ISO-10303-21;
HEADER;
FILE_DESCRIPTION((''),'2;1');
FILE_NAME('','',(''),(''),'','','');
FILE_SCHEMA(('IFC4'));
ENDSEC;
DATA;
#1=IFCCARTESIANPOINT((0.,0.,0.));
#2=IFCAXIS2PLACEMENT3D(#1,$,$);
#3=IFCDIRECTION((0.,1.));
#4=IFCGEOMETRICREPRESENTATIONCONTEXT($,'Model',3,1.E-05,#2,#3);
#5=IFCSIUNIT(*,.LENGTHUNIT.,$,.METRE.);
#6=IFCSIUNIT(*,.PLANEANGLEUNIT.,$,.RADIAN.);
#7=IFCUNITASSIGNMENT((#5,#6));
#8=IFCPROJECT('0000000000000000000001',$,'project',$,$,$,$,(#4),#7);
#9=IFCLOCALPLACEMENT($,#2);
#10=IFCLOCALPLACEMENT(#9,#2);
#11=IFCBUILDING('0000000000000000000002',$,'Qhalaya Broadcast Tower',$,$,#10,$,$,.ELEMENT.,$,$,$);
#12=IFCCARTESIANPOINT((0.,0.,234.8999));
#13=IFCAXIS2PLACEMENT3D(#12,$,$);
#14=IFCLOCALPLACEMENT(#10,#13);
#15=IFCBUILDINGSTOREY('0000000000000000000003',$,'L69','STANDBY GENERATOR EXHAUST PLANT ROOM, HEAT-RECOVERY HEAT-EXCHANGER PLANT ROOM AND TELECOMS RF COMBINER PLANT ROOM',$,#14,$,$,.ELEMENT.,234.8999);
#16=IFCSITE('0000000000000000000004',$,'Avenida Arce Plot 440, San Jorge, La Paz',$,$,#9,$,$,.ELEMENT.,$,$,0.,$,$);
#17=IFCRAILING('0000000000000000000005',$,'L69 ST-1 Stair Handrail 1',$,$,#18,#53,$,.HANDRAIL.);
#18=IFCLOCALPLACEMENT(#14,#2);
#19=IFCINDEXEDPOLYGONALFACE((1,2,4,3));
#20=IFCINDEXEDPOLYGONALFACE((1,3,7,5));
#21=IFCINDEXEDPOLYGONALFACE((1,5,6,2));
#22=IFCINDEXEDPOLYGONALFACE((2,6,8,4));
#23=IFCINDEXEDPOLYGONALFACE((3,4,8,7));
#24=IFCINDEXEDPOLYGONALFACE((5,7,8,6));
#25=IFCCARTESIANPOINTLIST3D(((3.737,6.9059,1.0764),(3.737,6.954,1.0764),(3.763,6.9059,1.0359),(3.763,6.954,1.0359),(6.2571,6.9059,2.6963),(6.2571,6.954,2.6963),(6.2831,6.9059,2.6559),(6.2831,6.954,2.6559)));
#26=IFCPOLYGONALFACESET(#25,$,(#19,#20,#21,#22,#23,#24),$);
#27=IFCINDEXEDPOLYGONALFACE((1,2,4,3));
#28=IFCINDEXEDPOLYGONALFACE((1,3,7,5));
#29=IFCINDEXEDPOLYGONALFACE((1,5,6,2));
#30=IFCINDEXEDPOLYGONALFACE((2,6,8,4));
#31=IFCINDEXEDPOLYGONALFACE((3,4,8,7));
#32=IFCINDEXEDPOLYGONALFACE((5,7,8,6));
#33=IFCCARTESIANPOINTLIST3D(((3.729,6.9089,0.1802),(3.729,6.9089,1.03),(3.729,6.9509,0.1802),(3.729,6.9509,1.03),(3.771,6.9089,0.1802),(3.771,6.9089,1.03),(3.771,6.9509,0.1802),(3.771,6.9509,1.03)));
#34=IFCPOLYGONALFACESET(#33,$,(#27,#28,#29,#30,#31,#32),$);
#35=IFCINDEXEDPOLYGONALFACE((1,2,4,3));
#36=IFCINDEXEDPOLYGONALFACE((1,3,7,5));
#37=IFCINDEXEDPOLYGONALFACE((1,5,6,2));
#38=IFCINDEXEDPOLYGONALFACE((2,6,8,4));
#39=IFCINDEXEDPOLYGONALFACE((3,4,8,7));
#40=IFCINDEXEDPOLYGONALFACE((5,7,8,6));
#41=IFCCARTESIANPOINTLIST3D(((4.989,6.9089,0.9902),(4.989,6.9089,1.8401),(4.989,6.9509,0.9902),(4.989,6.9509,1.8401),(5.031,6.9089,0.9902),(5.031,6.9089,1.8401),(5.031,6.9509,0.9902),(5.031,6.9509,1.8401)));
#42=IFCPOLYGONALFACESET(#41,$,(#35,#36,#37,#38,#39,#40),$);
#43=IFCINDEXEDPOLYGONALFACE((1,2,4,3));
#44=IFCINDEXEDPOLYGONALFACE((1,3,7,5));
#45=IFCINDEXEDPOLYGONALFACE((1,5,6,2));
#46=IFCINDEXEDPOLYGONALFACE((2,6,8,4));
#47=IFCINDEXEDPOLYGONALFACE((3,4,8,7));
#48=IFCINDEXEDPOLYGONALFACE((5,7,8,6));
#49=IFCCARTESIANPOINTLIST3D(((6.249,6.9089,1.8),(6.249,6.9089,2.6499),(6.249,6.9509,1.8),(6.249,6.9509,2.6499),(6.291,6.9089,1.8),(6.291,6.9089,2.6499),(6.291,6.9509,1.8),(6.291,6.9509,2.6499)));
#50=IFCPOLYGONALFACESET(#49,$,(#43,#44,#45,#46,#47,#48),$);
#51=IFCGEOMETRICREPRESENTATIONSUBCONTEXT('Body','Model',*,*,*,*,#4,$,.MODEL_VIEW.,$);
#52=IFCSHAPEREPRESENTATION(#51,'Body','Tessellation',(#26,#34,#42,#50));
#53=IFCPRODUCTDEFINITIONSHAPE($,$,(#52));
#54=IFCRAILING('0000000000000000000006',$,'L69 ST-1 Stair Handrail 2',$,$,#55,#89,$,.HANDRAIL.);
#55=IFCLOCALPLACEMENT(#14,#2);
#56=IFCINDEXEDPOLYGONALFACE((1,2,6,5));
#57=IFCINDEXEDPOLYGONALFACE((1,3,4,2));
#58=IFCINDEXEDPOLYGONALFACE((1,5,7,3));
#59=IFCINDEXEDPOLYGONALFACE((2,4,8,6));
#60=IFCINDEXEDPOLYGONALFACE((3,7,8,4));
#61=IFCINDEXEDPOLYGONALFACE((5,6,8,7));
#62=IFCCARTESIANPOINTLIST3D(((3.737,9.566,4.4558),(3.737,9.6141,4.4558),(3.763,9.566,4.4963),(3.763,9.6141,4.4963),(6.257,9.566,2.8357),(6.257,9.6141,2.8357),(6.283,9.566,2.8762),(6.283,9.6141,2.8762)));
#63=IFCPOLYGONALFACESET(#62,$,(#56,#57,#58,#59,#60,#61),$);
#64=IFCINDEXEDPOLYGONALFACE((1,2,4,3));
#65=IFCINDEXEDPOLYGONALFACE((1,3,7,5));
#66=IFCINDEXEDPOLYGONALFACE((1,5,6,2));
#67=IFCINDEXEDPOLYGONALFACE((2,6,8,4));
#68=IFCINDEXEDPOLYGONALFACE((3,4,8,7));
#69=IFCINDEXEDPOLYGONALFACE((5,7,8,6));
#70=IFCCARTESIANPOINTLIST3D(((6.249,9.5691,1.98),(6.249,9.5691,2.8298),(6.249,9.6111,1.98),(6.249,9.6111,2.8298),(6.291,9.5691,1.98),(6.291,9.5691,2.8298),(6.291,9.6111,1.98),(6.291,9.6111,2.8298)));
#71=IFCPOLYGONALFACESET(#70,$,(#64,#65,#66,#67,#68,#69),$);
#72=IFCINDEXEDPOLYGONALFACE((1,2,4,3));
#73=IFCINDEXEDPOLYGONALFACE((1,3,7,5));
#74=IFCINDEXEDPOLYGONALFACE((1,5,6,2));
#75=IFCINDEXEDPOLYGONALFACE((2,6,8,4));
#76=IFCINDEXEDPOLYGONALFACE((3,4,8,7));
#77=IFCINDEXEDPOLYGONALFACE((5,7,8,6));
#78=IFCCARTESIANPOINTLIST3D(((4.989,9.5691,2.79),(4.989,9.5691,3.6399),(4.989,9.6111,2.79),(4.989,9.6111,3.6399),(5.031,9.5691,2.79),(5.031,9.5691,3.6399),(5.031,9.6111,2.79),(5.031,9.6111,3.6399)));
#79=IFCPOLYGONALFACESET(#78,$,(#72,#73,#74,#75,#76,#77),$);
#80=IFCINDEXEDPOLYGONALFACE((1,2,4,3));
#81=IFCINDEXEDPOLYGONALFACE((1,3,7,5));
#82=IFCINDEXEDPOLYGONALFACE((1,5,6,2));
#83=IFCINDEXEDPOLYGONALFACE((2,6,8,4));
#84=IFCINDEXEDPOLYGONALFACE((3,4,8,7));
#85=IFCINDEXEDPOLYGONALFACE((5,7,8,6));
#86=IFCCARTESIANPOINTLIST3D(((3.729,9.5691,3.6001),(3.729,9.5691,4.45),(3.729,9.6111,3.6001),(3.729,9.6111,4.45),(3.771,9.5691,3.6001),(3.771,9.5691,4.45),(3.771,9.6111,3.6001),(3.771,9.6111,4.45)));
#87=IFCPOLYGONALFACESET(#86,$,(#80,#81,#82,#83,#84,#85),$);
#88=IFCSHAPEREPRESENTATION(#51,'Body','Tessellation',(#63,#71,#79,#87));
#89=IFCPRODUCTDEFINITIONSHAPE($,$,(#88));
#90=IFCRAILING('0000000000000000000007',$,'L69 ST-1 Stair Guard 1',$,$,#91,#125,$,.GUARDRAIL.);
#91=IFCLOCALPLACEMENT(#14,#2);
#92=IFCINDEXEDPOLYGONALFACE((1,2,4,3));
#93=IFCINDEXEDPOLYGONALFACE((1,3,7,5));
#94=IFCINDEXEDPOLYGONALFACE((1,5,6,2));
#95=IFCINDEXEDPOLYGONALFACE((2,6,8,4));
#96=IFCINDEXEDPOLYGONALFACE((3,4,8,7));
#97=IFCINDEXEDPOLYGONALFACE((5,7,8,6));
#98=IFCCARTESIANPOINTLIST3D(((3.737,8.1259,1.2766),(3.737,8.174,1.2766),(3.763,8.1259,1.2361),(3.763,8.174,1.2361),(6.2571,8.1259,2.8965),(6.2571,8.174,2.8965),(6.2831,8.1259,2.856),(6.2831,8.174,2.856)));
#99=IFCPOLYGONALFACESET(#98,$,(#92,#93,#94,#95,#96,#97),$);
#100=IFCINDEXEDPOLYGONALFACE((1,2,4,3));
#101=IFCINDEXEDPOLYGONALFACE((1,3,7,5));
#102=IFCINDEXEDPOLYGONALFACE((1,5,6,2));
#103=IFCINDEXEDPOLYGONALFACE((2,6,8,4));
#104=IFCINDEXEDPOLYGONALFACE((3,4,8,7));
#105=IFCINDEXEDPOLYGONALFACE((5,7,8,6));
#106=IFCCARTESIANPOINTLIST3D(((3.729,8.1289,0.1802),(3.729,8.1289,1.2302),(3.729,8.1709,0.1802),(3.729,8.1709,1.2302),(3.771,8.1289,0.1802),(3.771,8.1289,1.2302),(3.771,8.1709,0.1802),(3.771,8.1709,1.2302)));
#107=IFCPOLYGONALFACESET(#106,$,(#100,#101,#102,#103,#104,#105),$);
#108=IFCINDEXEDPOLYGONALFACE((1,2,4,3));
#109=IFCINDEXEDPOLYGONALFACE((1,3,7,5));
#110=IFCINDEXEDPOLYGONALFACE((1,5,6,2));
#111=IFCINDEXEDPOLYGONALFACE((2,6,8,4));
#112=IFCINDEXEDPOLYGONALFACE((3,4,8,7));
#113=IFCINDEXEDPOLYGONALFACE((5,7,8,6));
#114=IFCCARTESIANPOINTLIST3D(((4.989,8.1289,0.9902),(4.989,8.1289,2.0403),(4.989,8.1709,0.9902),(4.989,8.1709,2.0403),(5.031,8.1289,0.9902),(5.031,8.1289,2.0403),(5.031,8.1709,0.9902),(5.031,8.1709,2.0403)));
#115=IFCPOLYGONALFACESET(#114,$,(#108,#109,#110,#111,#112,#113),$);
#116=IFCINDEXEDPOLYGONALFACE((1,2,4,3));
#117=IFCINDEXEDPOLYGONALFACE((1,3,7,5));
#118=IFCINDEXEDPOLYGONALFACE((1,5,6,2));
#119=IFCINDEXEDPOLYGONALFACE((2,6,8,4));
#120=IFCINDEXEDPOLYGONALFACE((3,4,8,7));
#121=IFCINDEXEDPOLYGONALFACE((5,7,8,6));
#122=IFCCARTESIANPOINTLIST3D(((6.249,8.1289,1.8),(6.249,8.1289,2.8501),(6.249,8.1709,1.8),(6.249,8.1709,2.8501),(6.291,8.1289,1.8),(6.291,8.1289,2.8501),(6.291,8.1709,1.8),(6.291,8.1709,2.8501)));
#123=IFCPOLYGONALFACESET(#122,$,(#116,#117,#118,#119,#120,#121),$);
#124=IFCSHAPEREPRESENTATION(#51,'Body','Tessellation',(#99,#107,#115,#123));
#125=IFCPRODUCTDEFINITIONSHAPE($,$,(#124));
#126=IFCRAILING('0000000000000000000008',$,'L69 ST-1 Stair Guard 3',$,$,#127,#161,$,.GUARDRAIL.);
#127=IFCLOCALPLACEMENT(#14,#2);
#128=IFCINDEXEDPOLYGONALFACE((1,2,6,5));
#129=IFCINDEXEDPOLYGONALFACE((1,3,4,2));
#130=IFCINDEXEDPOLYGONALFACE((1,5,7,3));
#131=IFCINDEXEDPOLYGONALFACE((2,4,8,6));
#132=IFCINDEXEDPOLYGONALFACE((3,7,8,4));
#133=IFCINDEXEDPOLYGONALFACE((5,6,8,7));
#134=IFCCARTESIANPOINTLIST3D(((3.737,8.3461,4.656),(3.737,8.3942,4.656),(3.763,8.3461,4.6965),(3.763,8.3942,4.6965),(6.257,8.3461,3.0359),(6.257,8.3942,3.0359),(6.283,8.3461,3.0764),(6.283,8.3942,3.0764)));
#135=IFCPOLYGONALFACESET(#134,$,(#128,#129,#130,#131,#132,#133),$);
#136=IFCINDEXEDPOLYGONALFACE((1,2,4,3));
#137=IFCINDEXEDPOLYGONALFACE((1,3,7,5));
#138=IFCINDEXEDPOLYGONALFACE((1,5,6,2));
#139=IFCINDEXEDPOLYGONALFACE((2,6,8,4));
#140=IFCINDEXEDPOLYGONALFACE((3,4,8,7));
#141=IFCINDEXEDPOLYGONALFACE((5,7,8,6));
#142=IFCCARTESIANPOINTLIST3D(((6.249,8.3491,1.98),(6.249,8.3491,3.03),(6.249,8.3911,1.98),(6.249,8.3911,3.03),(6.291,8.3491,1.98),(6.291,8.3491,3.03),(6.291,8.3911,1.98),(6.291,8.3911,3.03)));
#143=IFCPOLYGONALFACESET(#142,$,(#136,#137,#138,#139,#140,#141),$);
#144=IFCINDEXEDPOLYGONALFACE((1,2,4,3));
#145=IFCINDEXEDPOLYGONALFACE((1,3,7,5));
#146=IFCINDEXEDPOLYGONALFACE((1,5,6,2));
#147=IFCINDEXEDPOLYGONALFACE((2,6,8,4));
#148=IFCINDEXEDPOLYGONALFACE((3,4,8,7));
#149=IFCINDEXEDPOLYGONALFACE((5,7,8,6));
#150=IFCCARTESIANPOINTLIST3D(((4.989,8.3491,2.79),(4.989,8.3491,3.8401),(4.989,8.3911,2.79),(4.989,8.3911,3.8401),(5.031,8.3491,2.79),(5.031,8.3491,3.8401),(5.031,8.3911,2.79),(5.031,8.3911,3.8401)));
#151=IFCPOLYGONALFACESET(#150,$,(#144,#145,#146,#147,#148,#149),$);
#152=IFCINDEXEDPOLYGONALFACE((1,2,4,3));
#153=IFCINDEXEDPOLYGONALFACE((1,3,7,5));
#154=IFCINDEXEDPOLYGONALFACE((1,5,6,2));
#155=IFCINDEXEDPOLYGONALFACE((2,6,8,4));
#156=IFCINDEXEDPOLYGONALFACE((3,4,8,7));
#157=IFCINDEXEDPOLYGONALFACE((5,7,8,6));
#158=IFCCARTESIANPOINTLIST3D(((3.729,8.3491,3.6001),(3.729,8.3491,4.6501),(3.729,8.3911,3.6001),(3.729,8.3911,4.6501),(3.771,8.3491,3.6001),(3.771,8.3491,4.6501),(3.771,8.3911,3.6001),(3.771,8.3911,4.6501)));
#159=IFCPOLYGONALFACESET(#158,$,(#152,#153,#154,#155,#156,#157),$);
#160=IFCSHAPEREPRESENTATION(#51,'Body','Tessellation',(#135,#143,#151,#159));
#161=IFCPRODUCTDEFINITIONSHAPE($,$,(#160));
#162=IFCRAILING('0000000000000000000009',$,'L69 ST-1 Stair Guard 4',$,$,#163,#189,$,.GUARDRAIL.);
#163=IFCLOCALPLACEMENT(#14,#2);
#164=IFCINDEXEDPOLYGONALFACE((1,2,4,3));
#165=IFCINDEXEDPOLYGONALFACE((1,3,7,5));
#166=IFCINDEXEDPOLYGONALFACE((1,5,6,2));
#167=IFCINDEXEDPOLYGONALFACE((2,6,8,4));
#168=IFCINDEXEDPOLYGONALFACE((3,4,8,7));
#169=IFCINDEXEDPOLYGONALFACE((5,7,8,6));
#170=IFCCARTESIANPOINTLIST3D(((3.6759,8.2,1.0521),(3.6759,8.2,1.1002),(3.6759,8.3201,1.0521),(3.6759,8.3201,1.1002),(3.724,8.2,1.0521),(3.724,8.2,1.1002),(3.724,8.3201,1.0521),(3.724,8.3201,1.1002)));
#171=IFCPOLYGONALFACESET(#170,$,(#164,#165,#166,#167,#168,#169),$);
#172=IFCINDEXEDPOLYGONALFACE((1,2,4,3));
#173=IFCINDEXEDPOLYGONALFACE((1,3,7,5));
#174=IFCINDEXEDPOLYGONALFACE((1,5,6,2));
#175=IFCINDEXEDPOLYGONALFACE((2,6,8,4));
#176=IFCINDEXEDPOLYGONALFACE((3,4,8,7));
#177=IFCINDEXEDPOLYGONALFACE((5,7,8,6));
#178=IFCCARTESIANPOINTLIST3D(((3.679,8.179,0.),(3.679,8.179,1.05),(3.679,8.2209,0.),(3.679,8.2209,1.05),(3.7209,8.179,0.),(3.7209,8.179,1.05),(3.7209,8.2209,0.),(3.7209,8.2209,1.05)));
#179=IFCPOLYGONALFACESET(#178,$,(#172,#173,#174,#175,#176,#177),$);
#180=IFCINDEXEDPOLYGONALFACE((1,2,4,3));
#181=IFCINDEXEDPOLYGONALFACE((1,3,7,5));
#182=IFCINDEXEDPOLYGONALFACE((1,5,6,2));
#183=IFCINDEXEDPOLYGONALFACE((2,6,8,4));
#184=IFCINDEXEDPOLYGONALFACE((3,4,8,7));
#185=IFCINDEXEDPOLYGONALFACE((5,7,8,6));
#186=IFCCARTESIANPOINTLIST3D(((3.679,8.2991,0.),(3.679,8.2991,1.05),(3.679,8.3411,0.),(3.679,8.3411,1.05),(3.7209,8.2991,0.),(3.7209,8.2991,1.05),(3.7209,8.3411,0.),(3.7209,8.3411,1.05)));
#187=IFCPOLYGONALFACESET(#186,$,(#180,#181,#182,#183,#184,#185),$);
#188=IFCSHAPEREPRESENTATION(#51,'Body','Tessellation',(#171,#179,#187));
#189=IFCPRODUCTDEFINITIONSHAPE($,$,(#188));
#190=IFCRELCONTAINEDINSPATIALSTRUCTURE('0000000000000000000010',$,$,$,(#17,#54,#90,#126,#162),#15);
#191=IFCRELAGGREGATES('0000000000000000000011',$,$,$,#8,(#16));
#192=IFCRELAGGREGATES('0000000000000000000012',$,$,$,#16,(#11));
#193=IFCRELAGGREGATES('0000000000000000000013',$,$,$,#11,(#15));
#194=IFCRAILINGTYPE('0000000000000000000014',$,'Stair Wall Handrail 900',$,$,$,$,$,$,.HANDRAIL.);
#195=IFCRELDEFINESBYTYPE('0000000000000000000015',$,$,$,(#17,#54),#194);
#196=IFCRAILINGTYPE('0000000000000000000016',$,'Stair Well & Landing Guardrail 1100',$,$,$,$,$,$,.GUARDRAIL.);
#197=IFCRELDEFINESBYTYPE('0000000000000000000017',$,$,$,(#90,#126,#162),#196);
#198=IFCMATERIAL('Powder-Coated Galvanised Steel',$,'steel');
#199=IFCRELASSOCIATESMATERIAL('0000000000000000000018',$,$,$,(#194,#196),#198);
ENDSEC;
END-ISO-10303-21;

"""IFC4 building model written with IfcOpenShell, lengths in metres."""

from ifc_helpers import new_model, si_unit, direction, frame, origin, origin_2d, place, context, subcontext, project, spatial, rectangle, extrude, material, type_object, element, save


model = new_model("IFC4")

# Units and contexts
model_context = context("Model", 3, precision=1e-05, world=origin(), true_north=direction((0.0, 1.0)))
body_context = subcontext(model_context, "Body", "Model", "MODEL_VIEW")
ifc_project = project(units=[si_unit("LENGTHUNIT", "METRE"), si_unit("PLANEANGLEUNIT", "RADIAN")], contexts=[model_context])

# Site, building, storey
site_placement = place(None, origin())
site = spatial("IfcSite", under=ifc_project, at=site_placement, Name="Avenida Arce Plot 440, San Jorge, La Paz", CompositionType="ELEMENT", RefElevation=0.0)
building_placement = place(site_placement, origin())
building = spatial("IfcBuilding", under=site, at=building_placement, Name="Qhalaya Broadcast Tower", CompositionType="ELEMENT")
storey_placement = place(building_placement, frame((0.0, 0.0, 234.8999)))
storey = spatial("IfcBuildingStorey", under=building, at=storey_placement, Name="L69", Description="STANDBY GENERATOR EXHAUST PLANT ROOM, HEAT-RECOVERY HEAT-EXCHANGER PLANT ROOM AND TELECOMS RF COMBINER PLANT ROOM", CompositionType="ELEMENT", Elevation=234.8999)

# Railings
ifc_material_1 = material(Name="Powder-Coated Galvanised Steel", Category="steel")
railing_type_1 = type_object("IfcRailingType", Name="Stair Wall Handrail 900", PredefinedType="HANDRAIL", material=ifc_material_1)
railing_1_placement = place(storey_placement, frame((3.75, 6.9299, 0.1802)))
element("IfcRailing", 1, at=railing_1_placement, inside=storey, type_object=railing_type_1, Name="L69 ST-1 Stair Handrail 1", PredefinedType="HANDRAIL", context=body_context, shape_type="SweptSolid", body=[
    extrude(rectangle(XDim=0.0481, YDim=0.0481, at=origin_2d()), frame((0.0, 0.0, 0.876), z_axis=(0.8412, 0.0, 0.540725), x_axis=(0.0, 1.0, 0.0)), (0.0, 0.0, 1.0), 2.9958),
    extrude(rectangle(XDim=0.042, YDim=0.042, at=origin_2d()), origin(), (0.0, 0.0, 1.0), 0.8499),
    extrude(rectangle(XDim=0.042, YDim=0.042, at=origin_2d()), frame((1.26, 0.0, 0.8101)), (0.0, 0.0, 1.0), 0.8499),
    extrude(rectangle(XDim=0.042, YDim=0.042, at=origin_2d()), frame((2.52, 0.0, 1.6199)), (0.0, 0.0, 1.0), 0.8499),
])
railing_2_placement = place(storey_placement, frame((6.27, 9.5901, 1.98)))
element("IfcRailing", 2, at=railing_2_placement, inside=storey, type_object=railing_type_1, Name="L69 ST-1 Stair Handrail 2", PredefinedType="HANDRAIL", context=body_context, shape_type="SweptSolid", body=[
    extrude(rectangle(XDim=0.0481, YDim=0.0481, at=origin_2d()), frame((0.0, 0.0, 0.876), z_axis=(-0.841163, 0.0, 0.540782), x_axis=(0.0, -1.0, 0.0)), (0.0, 0.0, 1.0), 2.9958),
    extrude(rectangle(XDim=0.042, YDim=0.042, at=origin_2d()), origin(), (0.0, 0.0, 1.0), 0.8499),
    extrude(rectangle(XDim=0.042, YDim=0.042, at=origin_2d()), frame((-1.26, 0.0, 0.8101)), (0.0, 0.0, 1.0), 0.8499),
    extrude(rectangle(XDim=0.042, YDim=0.042, at=origin_2d()), frame((-2.52, 0.0, 1.6201)), (0.0, 0.0, 1.0), 0.8499),
])
railing_type_2 = type_object("IfcRailingType", Name="Stair Well & Landing Guardrail 1100", PredefinedType="GUARDRAIL", material=ifc_material_1)
railing_3_placement = place(storey_placement, frame((3.75, 8.1499, 0.1802)))
element("IfcRailing", 3, at=railing_3_placement, inside=storey, type_object=railing_type_2, Name="L69 ST-1 Stair Guard 1", PredefinedType="GUARDRAIL", context=body_context, shape_type="SweptSolid", body=[
    extrude(rectangle(XDim=0.0481, YDim=0.0481, at=origin_2d()), frame((0.0, 0.0, 1.0762), z_axis=(0.8412, 0.0, 0.540725), x_axis=(0.0, 1.0, 0.0)), (0.0, 0.0, 1.0), 2.9958),
    extrude(rectangle(XDim=0.042, YDim=0.042, at=origin_2d()), origin(), (0.0, 0.0, 1.0), 1.05),
    extrude(rectangle(XDim=0.042, YDim=0.042, at=origin_2d()), frame((1.26, 0.0, 0.8101)), (0.0, 0.0, 1.0), 1.05),
    extrude(rectangle(XDim=0.042, YDim=0.042, at=origin_2d()), frame((2.52, 0.0, 1.6199)), (0.0, 0.0, 1.0), 1.05),
])
railing_4_placement = place(storey_placement, frame((6.27, 8.3701, 1.98)))
element("IfcRailing", 4, at=railing_4_placement, inside=storey, type_object=railing_type_2, Name="L69 ST-1 Stair Guard 3", PredefinedType="GUARDRAIL", context=body_context, shape_type="SweptSolid", body=[
    extrude(rectangle(XDim=0.0481, YDim=0.0481, at=origin_2d()), frame((0.0, 0.0, 1.0762), z_axis=(-0.841163, 0.0, 0.540782), x_axis=(0.0, -1.0, 0.0)), (0.0, 0.0, 1.0), 2.9958),
    extrude(rectangle(XDim=0.042, YDim=0.042, at=origin_2d()), origin(), (0.0, 0.0, 1.0), 1.05),
    extrude(rectangle(XDim=0.042, YDim=0.042, at=origin_2d()), frame((-1.26, 0.0, 0.8101)), (0.0, 0.0, 1.0), 1.05),
    extrude(rectangle(XDim=0.042, YDim=0.042, at=origin_2d()), frame((-2.52, 0.0, 1.6201)), (0.0, 0.0, 1.0), 1.05),
])
railing_5_placement = place(storey_placement, frame((3.7, 8.2, 0.0)))
element("IfcRailing", 5, at=railing_5_placement, inside=storey, type_object=railing_type_2, Name="L69 ST-1 Stair Guard 4", PredefinedType="GUARDRAIL", context=body_context, shape_type="SweptSolid", body=[
    extrude(rectangle(XDim=0.0481, YDim=0.0481, at=origin_2d()), frame((0.0, 0.0, 1.0762), z_axis=(0.0, 1.0, 0.0), x_axis=(-1.0, 0.0, 0.0)), (0.0, 0.0, 1.0), 0.1201),
    extrude(rectangle(XDim=0.042, YDim=0.042, at=origin_2d()), origin(), (0.0, 0.0, 1.0), 1.05),
    extrude(rectangle(XDim=0.042, YDim=0.042, at=origin_2d()), frame((0.0, 0.1201, 0.0)), (0.0, 0.0, 1.0), 1.05),
])

save(model, "model.ifc")
